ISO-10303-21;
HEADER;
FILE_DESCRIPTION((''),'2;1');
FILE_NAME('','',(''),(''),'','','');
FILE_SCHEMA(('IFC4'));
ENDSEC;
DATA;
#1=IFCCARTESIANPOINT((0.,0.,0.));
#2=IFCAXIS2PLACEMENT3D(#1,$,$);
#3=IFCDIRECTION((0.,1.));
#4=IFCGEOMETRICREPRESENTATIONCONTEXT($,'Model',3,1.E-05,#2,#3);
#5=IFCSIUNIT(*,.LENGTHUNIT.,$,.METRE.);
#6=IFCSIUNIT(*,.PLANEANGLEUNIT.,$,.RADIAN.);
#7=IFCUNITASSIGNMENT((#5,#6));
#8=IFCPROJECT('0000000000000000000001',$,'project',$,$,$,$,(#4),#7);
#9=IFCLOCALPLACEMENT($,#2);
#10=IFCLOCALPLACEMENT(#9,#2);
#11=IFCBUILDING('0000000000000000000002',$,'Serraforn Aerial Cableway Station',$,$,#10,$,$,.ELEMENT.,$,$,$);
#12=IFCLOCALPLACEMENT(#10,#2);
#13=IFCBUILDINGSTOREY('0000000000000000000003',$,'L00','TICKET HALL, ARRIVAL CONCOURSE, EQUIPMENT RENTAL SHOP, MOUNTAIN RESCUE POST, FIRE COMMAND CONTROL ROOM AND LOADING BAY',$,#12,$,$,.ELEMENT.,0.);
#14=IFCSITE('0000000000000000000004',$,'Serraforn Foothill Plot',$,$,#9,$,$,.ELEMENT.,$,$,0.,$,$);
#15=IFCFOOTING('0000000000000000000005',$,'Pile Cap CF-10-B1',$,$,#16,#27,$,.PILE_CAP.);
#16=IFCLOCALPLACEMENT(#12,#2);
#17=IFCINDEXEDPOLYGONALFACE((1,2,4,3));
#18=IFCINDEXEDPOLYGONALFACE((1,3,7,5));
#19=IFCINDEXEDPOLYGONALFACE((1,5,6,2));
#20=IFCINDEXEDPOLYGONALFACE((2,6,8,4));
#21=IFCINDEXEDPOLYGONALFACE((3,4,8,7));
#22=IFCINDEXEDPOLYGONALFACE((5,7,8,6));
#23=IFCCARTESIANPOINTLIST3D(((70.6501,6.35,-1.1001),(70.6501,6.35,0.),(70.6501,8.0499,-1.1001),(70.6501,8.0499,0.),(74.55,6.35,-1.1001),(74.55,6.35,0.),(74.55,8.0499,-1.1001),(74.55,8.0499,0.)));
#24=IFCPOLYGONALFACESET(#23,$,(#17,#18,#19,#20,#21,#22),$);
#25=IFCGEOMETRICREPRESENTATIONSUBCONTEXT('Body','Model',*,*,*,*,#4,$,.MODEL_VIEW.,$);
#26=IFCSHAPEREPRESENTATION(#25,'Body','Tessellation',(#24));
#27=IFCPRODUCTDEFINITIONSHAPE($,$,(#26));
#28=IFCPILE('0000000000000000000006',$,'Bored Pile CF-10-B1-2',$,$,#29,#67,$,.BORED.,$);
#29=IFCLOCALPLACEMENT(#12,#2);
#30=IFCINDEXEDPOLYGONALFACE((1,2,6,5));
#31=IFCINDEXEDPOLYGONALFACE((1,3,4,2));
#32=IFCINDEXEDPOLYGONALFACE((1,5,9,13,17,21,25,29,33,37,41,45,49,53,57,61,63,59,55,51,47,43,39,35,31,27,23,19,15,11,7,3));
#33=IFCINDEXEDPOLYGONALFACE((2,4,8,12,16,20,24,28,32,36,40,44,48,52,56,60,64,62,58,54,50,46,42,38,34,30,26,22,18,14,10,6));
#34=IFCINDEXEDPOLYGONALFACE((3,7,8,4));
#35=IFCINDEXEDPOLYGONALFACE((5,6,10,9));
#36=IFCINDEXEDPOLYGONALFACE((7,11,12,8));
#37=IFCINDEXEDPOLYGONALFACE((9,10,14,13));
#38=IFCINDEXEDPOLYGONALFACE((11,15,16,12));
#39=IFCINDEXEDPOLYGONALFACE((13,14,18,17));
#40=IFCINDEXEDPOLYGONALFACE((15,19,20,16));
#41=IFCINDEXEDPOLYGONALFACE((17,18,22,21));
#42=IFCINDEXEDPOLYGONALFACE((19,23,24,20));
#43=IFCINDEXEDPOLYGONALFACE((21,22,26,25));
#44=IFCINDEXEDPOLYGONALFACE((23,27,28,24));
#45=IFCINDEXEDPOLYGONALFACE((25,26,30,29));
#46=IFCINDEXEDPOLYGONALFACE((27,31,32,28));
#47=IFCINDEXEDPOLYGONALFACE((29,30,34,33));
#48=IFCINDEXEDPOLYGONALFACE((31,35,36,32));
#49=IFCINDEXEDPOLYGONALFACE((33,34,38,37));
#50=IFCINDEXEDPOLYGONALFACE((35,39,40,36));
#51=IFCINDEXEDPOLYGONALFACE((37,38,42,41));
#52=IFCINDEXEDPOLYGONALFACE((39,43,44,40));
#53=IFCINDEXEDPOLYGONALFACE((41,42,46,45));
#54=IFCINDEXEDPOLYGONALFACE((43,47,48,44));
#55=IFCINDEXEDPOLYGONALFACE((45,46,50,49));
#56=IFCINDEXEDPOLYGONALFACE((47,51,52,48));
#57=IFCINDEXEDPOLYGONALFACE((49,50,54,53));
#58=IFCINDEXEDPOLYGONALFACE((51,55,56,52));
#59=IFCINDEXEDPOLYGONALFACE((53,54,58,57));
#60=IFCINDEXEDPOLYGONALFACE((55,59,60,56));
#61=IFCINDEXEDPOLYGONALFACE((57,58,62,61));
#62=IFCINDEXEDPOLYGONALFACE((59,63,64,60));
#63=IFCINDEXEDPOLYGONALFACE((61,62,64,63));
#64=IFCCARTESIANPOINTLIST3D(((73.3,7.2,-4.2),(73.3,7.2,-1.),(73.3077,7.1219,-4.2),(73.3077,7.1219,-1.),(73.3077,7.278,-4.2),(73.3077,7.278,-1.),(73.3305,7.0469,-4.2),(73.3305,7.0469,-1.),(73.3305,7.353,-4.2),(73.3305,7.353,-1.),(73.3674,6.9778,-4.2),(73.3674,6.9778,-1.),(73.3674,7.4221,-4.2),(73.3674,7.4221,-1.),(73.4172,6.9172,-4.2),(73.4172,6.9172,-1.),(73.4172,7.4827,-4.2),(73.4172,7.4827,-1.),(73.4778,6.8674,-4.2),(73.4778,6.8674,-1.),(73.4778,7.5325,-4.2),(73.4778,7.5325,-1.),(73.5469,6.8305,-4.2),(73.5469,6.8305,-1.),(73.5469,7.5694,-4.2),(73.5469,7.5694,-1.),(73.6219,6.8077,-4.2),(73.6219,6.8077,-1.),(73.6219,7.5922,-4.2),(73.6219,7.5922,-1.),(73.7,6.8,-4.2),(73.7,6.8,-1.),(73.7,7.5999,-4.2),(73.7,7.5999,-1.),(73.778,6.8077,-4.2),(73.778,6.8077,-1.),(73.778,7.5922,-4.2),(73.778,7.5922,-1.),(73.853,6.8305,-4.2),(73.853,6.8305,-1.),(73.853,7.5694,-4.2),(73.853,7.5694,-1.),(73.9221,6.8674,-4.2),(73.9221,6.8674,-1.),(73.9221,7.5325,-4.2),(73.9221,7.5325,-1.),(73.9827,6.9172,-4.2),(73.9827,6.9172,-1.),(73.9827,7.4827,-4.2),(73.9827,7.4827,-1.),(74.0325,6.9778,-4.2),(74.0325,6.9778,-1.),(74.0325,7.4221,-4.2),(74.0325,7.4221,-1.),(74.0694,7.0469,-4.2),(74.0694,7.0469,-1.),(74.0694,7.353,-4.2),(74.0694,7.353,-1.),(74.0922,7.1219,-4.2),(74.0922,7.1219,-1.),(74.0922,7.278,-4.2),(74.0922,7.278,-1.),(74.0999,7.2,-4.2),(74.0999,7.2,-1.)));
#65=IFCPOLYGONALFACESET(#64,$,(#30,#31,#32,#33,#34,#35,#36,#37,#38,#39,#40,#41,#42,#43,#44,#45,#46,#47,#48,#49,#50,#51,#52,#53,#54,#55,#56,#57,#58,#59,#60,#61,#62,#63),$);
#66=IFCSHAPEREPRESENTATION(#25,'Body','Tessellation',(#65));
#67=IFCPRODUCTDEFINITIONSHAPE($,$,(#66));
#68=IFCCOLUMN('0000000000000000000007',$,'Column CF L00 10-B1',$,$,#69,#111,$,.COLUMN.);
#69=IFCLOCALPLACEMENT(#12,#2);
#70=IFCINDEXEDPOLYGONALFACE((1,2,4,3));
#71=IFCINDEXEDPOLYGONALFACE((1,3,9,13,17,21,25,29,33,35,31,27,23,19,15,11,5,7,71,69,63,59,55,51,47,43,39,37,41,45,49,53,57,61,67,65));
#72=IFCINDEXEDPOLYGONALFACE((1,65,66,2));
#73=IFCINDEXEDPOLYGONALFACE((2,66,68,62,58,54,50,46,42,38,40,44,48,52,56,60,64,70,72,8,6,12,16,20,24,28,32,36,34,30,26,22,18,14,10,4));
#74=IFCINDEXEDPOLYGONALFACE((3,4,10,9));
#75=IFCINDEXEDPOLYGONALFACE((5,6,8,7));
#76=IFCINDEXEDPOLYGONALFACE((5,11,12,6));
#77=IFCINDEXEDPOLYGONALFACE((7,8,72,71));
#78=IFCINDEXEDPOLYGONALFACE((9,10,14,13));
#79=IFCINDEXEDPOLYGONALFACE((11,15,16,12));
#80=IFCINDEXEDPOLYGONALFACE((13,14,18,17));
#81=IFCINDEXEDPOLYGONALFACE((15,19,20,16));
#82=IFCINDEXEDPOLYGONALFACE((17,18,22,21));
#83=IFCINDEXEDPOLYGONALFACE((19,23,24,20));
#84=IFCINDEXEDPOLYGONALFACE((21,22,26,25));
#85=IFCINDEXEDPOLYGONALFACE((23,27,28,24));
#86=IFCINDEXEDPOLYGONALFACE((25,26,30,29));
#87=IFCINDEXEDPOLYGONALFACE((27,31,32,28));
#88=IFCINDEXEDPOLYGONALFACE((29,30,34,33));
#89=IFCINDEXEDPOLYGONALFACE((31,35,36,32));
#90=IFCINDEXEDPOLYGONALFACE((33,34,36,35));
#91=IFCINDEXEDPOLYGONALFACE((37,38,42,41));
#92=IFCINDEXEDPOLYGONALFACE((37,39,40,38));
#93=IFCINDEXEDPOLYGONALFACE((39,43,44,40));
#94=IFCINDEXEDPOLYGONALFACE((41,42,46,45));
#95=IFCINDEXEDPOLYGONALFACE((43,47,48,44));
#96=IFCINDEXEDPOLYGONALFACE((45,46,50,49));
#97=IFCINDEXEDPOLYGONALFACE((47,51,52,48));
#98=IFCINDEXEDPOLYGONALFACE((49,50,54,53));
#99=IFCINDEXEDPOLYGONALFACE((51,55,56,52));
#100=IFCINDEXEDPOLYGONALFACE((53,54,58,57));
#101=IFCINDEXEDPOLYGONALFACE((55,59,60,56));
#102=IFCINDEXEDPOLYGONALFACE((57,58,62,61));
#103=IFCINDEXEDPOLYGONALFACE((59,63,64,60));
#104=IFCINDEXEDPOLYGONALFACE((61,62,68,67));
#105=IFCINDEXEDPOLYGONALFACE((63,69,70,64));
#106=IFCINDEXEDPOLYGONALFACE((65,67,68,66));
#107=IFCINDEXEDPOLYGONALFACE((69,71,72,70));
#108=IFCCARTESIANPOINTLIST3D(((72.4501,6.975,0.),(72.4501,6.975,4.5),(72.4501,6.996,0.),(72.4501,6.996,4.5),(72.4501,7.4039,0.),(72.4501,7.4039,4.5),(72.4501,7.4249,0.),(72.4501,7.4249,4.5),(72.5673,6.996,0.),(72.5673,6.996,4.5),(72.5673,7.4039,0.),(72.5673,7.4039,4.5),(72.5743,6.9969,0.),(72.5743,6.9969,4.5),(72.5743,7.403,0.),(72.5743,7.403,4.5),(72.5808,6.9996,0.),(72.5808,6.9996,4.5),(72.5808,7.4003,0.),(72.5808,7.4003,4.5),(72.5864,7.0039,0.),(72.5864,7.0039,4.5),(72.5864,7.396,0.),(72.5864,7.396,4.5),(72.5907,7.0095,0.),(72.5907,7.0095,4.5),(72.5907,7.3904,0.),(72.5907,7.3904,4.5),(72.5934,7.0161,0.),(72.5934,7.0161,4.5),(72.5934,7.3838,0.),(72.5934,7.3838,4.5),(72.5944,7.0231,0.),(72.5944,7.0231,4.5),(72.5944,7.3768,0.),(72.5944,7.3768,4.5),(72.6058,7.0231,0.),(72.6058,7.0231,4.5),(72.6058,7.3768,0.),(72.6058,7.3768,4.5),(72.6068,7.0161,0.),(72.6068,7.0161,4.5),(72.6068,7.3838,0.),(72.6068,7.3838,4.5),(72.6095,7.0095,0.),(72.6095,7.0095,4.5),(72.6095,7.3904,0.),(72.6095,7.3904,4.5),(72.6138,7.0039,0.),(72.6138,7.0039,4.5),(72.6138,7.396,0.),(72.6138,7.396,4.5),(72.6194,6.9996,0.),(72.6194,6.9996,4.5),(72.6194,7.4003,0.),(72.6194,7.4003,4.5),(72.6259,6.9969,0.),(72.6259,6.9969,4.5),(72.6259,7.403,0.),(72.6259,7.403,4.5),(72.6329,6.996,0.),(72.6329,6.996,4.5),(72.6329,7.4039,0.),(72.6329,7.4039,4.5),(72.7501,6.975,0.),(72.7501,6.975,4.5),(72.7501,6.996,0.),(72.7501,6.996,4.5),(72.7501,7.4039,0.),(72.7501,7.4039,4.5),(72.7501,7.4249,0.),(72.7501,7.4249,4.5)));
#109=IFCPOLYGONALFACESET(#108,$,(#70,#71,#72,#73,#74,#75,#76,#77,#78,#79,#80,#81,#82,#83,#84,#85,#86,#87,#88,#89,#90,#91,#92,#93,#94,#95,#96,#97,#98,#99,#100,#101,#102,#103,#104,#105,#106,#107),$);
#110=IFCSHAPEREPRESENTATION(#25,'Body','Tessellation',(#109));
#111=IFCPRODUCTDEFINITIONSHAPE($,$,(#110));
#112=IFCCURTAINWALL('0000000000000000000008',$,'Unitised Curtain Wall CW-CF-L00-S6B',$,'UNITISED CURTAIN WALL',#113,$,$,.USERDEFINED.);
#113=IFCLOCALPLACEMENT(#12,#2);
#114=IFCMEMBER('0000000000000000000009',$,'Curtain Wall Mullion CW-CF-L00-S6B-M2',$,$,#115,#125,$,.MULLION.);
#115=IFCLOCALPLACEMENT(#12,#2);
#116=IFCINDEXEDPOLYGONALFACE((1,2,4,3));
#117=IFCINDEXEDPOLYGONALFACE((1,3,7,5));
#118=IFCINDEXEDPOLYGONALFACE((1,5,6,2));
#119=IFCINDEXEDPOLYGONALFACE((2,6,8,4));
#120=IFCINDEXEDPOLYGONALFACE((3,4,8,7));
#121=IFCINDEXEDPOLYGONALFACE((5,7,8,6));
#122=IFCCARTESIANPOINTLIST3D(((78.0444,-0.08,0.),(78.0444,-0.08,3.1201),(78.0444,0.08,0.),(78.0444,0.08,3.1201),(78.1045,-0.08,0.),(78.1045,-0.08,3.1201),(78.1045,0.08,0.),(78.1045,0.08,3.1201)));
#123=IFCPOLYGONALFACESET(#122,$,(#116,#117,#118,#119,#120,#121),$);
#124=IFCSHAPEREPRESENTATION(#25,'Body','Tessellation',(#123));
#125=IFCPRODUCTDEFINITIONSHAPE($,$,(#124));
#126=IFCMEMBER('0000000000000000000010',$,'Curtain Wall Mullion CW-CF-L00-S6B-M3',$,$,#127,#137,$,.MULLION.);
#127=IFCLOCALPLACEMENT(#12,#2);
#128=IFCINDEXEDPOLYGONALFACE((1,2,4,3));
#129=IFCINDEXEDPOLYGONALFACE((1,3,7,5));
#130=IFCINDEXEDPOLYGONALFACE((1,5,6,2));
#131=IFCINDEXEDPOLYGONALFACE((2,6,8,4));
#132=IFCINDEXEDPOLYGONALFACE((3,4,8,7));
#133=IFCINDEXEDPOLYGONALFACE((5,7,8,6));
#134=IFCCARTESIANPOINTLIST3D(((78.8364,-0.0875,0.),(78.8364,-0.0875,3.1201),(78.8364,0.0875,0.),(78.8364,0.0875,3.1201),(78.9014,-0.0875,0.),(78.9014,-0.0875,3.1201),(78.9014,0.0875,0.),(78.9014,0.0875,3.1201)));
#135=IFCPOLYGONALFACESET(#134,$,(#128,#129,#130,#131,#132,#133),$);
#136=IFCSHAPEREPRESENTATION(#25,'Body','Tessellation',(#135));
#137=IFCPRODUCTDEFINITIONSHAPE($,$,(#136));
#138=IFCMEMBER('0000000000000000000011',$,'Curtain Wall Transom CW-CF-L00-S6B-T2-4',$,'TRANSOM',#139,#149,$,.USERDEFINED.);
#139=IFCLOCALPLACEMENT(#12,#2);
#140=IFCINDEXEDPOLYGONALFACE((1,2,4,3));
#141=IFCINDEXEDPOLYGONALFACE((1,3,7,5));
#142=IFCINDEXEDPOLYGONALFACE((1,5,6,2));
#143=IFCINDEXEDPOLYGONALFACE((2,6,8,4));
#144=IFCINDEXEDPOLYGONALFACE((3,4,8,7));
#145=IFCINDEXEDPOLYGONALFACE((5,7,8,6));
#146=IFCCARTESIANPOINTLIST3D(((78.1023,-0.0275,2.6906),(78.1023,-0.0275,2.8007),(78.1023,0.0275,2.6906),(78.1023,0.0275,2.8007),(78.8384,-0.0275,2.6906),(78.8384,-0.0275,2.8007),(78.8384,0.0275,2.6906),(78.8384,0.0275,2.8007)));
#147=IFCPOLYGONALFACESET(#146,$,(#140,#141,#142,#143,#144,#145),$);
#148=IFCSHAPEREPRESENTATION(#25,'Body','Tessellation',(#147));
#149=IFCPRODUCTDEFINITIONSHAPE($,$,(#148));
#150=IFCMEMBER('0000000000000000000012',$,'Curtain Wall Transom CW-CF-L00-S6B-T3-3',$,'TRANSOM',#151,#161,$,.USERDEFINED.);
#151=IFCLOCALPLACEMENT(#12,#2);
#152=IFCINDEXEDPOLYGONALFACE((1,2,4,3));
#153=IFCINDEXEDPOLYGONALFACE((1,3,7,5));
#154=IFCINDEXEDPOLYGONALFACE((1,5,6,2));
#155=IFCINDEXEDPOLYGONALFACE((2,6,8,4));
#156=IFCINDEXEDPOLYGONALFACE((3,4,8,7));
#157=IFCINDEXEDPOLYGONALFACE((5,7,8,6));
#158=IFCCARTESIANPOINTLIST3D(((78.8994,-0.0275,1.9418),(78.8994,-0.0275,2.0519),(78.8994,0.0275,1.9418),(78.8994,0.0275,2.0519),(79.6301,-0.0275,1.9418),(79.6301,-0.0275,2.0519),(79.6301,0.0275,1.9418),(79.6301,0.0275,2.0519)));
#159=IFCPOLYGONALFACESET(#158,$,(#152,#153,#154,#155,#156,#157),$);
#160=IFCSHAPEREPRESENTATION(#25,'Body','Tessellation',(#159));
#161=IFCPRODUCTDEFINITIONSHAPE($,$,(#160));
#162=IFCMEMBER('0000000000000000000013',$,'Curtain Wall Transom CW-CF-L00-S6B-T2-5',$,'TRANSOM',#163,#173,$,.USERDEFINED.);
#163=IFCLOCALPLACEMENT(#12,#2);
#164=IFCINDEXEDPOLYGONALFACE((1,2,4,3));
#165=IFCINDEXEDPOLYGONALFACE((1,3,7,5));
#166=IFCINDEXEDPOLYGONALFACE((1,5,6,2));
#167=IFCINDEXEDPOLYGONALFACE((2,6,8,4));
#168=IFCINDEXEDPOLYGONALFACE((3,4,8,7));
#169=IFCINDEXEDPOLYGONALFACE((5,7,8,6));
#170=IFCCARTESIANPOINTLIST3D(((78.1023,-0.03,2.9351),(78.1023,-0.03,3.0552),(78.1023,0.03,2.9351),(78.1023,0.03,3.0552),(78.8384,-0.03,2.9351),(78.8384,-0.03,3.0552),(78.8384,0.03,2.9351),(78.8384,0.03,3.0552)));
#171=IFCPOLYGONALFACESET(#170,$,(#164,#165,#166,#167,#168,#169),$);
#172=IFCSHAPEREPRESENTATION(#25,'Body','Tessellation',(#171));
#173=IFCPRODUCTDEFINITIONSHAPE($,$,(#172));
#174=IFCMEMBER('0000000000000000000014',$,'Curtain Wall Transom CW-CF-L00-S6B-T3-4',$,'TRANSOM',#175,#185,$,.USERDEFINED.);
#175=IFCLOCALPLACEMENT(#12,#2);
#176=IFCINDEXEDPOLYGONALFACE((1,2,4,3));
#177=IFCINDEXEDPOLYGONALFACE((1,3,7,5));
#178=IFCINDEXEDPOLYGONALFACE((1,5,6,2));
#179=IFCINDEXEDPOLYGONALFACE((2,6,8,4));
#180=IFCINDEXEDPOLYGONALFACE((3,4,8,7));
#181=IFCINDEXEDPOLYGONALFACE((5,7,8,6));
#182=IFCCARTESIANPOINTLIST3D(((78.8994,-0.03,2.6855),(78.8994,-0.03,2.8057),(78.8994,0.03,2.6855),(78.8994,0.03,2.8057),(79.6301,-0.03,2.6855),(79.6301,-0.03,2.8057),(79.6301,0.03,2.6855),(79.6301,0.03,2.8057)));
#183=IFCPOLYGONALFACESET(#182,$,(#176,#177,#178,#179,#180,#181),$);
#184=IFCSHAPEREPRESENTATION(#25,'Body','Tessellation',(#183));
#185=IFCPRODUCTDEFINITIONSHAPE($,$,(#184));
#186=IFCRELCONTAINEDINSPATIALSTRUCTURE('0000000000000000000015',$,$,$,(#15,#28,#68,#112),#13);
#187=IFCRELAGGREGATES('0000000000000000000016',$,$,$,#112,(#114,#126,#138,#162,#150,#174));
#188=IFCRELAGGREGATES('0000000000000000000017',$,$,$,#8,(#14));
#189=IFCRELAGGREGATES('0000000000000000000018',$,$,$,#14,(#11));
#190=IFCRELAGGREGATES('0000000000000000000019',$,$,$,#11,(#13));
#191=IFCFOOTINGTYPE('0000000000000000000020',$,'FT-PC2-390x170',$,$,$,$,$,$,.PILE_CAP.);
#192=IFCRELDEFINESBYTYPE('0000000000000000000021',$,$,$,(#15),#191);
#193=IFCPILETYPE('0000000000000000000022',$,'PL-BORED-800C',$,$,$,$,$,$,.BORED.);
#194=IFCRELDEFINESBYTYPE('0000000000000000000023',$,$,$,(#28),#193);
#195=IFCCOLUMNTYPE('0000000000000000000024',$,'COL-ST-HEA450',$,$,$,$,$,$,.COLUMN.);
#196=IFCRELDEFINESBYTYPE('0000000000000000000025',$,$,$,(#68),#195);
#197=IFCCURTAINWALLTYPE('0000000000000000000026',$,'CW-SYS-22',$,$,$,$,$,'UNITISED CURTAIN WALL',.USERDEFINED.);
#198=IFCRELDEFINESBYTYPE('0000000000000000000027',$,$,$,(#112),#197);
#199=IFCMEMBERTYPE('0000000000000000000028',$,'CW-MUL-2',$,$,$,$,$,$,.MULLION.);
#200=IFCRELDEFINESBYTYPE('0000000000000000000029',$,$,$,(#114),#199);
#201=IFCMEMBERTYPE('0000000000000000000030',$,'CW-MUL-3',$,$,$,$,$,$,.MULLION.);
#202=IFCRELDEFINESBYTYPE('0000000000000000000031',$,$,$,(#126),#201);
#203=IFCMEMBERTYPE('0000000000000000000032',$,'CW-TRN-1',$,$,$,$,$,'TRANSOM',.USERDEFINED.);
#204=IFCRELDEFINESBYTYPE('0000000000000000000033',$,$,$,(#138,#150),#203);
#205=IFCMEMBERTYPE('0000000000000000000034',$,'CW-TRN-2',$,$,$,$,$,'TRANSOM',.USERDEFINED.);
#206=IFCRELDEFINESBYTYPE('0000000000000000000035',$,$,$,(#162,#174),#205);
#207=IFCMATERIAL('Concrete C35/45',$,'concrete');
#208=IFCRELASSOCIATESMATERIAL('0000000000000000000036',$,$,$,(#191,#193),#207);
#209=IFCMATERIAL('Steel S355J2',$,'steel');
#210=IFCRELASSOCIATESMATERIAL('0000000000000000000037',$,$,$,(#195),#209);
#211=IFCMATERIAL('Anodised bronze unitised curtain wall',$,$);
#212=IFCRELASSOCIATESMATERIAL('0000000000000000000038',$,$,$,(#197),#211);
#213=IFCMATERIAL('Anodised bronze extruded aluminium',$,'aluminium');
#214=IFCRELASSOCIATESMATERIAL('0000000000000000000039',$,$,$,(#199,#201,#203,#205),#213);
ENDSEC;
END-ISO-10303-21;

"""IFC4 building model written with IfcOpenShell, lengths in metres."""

from ifc_helpers import new_model, si_unit, direction, frame, origin, origin_2d, place, context, subcontext, project, spatial, rectangle, circle, i_section, extrude, material, material_profile, profile_set, type_object, element, aggregate, save


model = new_model("IFC4")

# Units and contexts
model_context = context("Model", 3, precision=1e-05, world=origin(), true_north=direction((0.0, 1.0)))
body_context = subcontext(model_context, "Body", "Model", "MODEL_VIEW")
ifc_project = project(units=[si_unit("LENGTHUNIT", "METRE"), si_unit("PLANEANGLEUNIT", "RADIAN")], contexts=[model_context])

# Site, building, storey
site_placement = place(None, origin())
site = spatial("IfcSite", under=ifc_project, at=site_placement, Name="Serraforn Foothill Plot", CompositionType="ELEMENT", RefElevation=0.0)
building_placement = place(site_placement, origin())
building = spatial("IfcBuilding", under=site, at=building_placement, Name="Serraforn Aerial Cableway Station", CompositionType="ELEMENT")
storey_placement = place(building_placement, origin())
storey = spatial("IfcBuildingStorey", under=building, at=storey_placement, Name="L00", Description="TICKET HALL, ARRIVAL CONCOURSE, EQUIPMENT RENTAL SHOP, MOUNTAIN RESCUE POST, FIRE COMMAND CONTROL ROOM AND LOADING BAY", CompositionType="ELEMENT", Elevation=0.0)

# Footing
ifc_material_1 = material(Name="Concrete C35/45", Category="concrete")
footing_type = type_object("IfcFootingType", Name="FT-PC2-390x170", PredefinedType="PILE_CAP", material=ifc_material_1)
footing_placement = place(storey_placement, frame((72.6001, 7.2, -1.1001), z_axis=(0.0, 0.0, 1.0), x_axis=(1.0, 0.0, 0.0)))
element("IfcFooting", 1, at=footing_placement, inside=storey, type_object=footing_type, Name="Pile Cap CF-10-B1", PredefinedType="PILE_CAP", context=body_context, shape_type="SweptSolid", body=[
    extrude(rectangle(XDim=3.8999, YDim=1.7, at=origin_2d()), origin(), (0.0, 0.0, 1.0), 1.1001),
])

# Pile
ifc_material_profile_1 = material_profile(ifc_material_1, circle(Radius=0.3999, at=origin_2d()), Name="BORED PILE D800")
ifc_profile_set_1 = profile_set([ifc_material_profile_1], Name="Concrete C35/45")
pile_type = type_object("IfcPileType", Name="PL-BORED-800C", PredefinedType="BORED", material=ifc_profile_set_1)
pile_placement = place(storey_placement, frame((73.7, 7.2, -1.0), z_axis=(0.0, 0.0, -1.0), x_axis=(1.0, 0.0, 0.0)))
element("IfcPile", 2, at=pile_placement, inside=storey, type_object=pile_type, Name="Bored Pile CF-10-B1-2", PredefinedType="BORED", context=body_context, shape_type="SweptSolid", body=[
    extrude(circle(Radius=0.3999, at=origin_2d()), origin(), (0.0, 0.0, 1.0), 3.2),
])

# Column
ifc_material_2 = material(Name="Steel S355J2", Category="steel")
ifc_material_profile_2 = material_profile(ifc_material_2, i_section(OverallWidth=0.3, OverallDepth=0.45, WebThickness=0.0115, FlangeThickness=0.021, FilletRadius=0.0271, at=origin_2d()), Name="HEA 450")
ifc_profile_set_2 = profile_set([ifc_material_profile_2], Name="Steel S355J2")
column_type = type_object("IfcColumnType", Name="COL-ST-HEA450", PredefinedType="COLUMN", material=ifc_profile_set_2)
column_placement = place(storey_placement, frame((72.6001, 7.2, 0.0), z_axis=(0.0, 0.0, 1.0), x_axis=(1.0, 0.0, 0.0)))
element("IfcColumn", 3, at=column_placement, inside=storey, type_object=column_type, Name="Column CF L00 10-B1", PredefinedType="COLUMN", context=body_context, shape_type="SweptSolid", body=[
    extrude(i_section(OverallWidth=0.3, OverallDepth=0.45, WebThickness=0.0115, FlangeThickness=0.021, FilletRadius=0.0271, at=origin_2d()), origin(), (0.0, 0.0, 1.0), 4.5),
])

# Curtain wall, members
ifc_material_3 = material(Name="Anodised bronze unitised curtain wall")
curtain_wall_type = type_object("IfcCurtainWallType", Name="CW-SYS-22", ElementType="UNITISED CURTAIN WALL", PredefinedType="USERDEFINED", material=ifc_material_3)
curtain_wall_placement = place(storey_placement, origin())
curtain_wall = element("IfcCurtainWall", 4, at=curtain_wall_placement, inside=storey, type_object=curtain_wall_type, Name="Unitised Curtain Wall CW-CF-L00-S6B", ObjectType="UNITISED CURTAIN WALL", PredefinedType="USERDEFINED")
ifc_material_4 = material(Name="Anodised bronze extruded aluminium", Category="aluminium")
ifc_material_profile_3 = material_profile(ifc_material_4, rectangle(XDim=0.0601, YDim=0.1599, at=origin_2d()), Name="CW MULLION 60x160")
ifc_profile_set_3 = profile_set([ifc_material_profile_3], Name="Anodised bronze extruded aluminium")
member_type_1 = type_object("IfcMemberType", Name="CW-MUL-2", PredefinedType="MULLION", material=ifc_profile_set_3)
member_1_placement = place(storey_placement, frame((78.0745, 0.0, 0.0), z_axis=(0.0, 0.0, 1.0), x_axis=(1.0, 0.0, 0.0)))
member_1 = element("IfcMember", 5, at=member_1_placement, type_object=member_type_1, Name="Curtain Wall Mullion CW-CF-L00-S6B-M2", PredefinedType="MULLION", context=body_context, shape_type="SweptSolid", body=[
    extrude(rectangle(XDim=0.0601, YDim=0.1599, at=origin_2d()), origin(), (0.0, 0.0, 1.0), 3.1201),
])
ifc_material_profile_4 = material_profile(ifc_material_4, rectangle(XDim=0.0649, YDim=0.175, at=origin_2d()), Name="CW MULLION 65x175")
ifc_profile_set_4 = profile_set([ifc_material_profile_4], Name="Anodised bronze extruded aluminium")
member_type_2 = type_object("IfcMemberType", Name="CW-MUL-3", PredefinedType="MULLION", material=ifc_profile_set_4)
member_2_placement = place(storey_placement, frame((78.8689, 0.0, 0.0), z_axis=(0.0, 0.0, 1.0), x_axis=(1.0, 0.0, 0.0)))
member_2 = element("IfcMember", 6, at=member_2_placement, type_object=member_type_2, Name="Curtain Wall Mullion CW-CF-L00-S6B-M3", PredefinedType="MULLION", context=body_context, shape_type="SweptSolid", body=[
    extrude(rectangle(XDim=0.0649, YDim=0.175, at=origin_2d()), origin(), (0.0, 0.0, 1.0), 3.1201),
])
ifc_material_profile_5 = material_profile(ifc_material_4, rectangle(XDim=0.0549, YDim=0.1101, at=origin_2d()), Name="CW TRANSOM 55x110")
ifc_profile_set_5 = profile_set([ifc_material_profile_5], Name="Anodised bronze extruded aluminium")
member_type_3 = type_object("IfcMemberType", Name="CW-TRN-1", ElementType="TRANSOM", PredefinedType="USERDEFINED", material=ifc_profile_set_5)
member_3_placement = place(storey_placement, frame((78.1023, 0.0, 2.7456), z_axis=(1.0, 0.0, 0.0), x_axis=(0.0, 1.0, 0.0)))
member_3 = element("IfcMember", 7, at=member_3_placement, type_object=member_type_3, Name="Curtain Wall Transom CW-CF-L00-S6B-T2-4", ObjectType="TRANSOM", PredefinedType="USERDEFINED", context=body_context, shape_type="SweptSolid", body=[
    extrude(rectangle(XDim=0.0549, YDim=0.1101, at=origin_2d()), origin(), (0.0, 0.0, 1.0), 0.7361),
])
member_4_placement = place(storey_placement, frame((78.8994, 0.0, 1.9968), z_axis=(1.0, 0.0, 0.0), x_axis=(0.0, 1.0, 0.0)))
member_4 = element("IfcMember", 8, at=member_4_placement, type_object=member_type_3, Name="Curtain Wall Transom CW-CF-L00-S6B-T3-3", ObjectType="TRANSOM", PredefinedType="USERDEFINED", context=body_context, shape_type="SweptSolid", body=[
    extrude(rectangle(XDim=0.0549, YDim=0.1101, at=origin_2d()), origin(), (0.0, 0.0, 1.0), 0.7307),
])
ifc_material_profile_6 = material_profile(ifc_material_4, rectangle(XDim=0.0601, YDim=0.1201, at=origin_2d()), Name="CW TRANSOM 60x120")
ifc_profile_set_6 = profile_set([ifc_material_profile_6], Name="Anodised bronze extruded aluminium")
member_type_4 = type_object("IfcMemberType", Name="CW-TRN-2", ElementType="TRANSOM", PredefinedType="USERDEFINED", material=ifc_profile_set_6)
member_5_placement = place(storey_placement, frame((78.1023, 0.0, 2.9951), z_axis=(1.0, 0.0, 0.0), x_axis=(0.0, 1.0, 0.0)))
member_5 = element("IfcMember", 9, at=member_5_placement, type_object=member_type_4, Name="Curtain Wall Transom CW-CF-L00-S6B-T2-5", ObjectType="TRANSOM", PredefinedType="USERDEFINED", context=body_context, shape_type="SweptSolid", body=[
    extrude(rectangle(XDim=0.0601, YDim=0.1201, at=origin_2d()), origin(), (0.0, 0.0, 1.0), 0.7361),
])
member_6_placement = place(storey_placement, frame((78.8994, 0.0, 2.7456), z_axis=(1.0, 0.0, 0.0), x_axis=(0.0, 1.0, 0.0)))
member_6 = element("IfcMember", 10, at=member_6_placement, type_object=member_type_4, Name="Curtain Wall Transom CW-CF-L00-S6B-T3-4", ObjectType="TRANSOM", PredefinedType="USERDEFINED", context=body_context, shape_type="SweptSolid", body=[
    extrude(rectangle(XDim=0.0601, YDim=0.1201, at=origin_2d()), origin(), (0.0, 0.0, 1.0), 0.7307),
])
aggregate(curtain_wall, [member_1, member_2, member_3, member_5, member_4, member_6])

save(model, "model.ifc")
